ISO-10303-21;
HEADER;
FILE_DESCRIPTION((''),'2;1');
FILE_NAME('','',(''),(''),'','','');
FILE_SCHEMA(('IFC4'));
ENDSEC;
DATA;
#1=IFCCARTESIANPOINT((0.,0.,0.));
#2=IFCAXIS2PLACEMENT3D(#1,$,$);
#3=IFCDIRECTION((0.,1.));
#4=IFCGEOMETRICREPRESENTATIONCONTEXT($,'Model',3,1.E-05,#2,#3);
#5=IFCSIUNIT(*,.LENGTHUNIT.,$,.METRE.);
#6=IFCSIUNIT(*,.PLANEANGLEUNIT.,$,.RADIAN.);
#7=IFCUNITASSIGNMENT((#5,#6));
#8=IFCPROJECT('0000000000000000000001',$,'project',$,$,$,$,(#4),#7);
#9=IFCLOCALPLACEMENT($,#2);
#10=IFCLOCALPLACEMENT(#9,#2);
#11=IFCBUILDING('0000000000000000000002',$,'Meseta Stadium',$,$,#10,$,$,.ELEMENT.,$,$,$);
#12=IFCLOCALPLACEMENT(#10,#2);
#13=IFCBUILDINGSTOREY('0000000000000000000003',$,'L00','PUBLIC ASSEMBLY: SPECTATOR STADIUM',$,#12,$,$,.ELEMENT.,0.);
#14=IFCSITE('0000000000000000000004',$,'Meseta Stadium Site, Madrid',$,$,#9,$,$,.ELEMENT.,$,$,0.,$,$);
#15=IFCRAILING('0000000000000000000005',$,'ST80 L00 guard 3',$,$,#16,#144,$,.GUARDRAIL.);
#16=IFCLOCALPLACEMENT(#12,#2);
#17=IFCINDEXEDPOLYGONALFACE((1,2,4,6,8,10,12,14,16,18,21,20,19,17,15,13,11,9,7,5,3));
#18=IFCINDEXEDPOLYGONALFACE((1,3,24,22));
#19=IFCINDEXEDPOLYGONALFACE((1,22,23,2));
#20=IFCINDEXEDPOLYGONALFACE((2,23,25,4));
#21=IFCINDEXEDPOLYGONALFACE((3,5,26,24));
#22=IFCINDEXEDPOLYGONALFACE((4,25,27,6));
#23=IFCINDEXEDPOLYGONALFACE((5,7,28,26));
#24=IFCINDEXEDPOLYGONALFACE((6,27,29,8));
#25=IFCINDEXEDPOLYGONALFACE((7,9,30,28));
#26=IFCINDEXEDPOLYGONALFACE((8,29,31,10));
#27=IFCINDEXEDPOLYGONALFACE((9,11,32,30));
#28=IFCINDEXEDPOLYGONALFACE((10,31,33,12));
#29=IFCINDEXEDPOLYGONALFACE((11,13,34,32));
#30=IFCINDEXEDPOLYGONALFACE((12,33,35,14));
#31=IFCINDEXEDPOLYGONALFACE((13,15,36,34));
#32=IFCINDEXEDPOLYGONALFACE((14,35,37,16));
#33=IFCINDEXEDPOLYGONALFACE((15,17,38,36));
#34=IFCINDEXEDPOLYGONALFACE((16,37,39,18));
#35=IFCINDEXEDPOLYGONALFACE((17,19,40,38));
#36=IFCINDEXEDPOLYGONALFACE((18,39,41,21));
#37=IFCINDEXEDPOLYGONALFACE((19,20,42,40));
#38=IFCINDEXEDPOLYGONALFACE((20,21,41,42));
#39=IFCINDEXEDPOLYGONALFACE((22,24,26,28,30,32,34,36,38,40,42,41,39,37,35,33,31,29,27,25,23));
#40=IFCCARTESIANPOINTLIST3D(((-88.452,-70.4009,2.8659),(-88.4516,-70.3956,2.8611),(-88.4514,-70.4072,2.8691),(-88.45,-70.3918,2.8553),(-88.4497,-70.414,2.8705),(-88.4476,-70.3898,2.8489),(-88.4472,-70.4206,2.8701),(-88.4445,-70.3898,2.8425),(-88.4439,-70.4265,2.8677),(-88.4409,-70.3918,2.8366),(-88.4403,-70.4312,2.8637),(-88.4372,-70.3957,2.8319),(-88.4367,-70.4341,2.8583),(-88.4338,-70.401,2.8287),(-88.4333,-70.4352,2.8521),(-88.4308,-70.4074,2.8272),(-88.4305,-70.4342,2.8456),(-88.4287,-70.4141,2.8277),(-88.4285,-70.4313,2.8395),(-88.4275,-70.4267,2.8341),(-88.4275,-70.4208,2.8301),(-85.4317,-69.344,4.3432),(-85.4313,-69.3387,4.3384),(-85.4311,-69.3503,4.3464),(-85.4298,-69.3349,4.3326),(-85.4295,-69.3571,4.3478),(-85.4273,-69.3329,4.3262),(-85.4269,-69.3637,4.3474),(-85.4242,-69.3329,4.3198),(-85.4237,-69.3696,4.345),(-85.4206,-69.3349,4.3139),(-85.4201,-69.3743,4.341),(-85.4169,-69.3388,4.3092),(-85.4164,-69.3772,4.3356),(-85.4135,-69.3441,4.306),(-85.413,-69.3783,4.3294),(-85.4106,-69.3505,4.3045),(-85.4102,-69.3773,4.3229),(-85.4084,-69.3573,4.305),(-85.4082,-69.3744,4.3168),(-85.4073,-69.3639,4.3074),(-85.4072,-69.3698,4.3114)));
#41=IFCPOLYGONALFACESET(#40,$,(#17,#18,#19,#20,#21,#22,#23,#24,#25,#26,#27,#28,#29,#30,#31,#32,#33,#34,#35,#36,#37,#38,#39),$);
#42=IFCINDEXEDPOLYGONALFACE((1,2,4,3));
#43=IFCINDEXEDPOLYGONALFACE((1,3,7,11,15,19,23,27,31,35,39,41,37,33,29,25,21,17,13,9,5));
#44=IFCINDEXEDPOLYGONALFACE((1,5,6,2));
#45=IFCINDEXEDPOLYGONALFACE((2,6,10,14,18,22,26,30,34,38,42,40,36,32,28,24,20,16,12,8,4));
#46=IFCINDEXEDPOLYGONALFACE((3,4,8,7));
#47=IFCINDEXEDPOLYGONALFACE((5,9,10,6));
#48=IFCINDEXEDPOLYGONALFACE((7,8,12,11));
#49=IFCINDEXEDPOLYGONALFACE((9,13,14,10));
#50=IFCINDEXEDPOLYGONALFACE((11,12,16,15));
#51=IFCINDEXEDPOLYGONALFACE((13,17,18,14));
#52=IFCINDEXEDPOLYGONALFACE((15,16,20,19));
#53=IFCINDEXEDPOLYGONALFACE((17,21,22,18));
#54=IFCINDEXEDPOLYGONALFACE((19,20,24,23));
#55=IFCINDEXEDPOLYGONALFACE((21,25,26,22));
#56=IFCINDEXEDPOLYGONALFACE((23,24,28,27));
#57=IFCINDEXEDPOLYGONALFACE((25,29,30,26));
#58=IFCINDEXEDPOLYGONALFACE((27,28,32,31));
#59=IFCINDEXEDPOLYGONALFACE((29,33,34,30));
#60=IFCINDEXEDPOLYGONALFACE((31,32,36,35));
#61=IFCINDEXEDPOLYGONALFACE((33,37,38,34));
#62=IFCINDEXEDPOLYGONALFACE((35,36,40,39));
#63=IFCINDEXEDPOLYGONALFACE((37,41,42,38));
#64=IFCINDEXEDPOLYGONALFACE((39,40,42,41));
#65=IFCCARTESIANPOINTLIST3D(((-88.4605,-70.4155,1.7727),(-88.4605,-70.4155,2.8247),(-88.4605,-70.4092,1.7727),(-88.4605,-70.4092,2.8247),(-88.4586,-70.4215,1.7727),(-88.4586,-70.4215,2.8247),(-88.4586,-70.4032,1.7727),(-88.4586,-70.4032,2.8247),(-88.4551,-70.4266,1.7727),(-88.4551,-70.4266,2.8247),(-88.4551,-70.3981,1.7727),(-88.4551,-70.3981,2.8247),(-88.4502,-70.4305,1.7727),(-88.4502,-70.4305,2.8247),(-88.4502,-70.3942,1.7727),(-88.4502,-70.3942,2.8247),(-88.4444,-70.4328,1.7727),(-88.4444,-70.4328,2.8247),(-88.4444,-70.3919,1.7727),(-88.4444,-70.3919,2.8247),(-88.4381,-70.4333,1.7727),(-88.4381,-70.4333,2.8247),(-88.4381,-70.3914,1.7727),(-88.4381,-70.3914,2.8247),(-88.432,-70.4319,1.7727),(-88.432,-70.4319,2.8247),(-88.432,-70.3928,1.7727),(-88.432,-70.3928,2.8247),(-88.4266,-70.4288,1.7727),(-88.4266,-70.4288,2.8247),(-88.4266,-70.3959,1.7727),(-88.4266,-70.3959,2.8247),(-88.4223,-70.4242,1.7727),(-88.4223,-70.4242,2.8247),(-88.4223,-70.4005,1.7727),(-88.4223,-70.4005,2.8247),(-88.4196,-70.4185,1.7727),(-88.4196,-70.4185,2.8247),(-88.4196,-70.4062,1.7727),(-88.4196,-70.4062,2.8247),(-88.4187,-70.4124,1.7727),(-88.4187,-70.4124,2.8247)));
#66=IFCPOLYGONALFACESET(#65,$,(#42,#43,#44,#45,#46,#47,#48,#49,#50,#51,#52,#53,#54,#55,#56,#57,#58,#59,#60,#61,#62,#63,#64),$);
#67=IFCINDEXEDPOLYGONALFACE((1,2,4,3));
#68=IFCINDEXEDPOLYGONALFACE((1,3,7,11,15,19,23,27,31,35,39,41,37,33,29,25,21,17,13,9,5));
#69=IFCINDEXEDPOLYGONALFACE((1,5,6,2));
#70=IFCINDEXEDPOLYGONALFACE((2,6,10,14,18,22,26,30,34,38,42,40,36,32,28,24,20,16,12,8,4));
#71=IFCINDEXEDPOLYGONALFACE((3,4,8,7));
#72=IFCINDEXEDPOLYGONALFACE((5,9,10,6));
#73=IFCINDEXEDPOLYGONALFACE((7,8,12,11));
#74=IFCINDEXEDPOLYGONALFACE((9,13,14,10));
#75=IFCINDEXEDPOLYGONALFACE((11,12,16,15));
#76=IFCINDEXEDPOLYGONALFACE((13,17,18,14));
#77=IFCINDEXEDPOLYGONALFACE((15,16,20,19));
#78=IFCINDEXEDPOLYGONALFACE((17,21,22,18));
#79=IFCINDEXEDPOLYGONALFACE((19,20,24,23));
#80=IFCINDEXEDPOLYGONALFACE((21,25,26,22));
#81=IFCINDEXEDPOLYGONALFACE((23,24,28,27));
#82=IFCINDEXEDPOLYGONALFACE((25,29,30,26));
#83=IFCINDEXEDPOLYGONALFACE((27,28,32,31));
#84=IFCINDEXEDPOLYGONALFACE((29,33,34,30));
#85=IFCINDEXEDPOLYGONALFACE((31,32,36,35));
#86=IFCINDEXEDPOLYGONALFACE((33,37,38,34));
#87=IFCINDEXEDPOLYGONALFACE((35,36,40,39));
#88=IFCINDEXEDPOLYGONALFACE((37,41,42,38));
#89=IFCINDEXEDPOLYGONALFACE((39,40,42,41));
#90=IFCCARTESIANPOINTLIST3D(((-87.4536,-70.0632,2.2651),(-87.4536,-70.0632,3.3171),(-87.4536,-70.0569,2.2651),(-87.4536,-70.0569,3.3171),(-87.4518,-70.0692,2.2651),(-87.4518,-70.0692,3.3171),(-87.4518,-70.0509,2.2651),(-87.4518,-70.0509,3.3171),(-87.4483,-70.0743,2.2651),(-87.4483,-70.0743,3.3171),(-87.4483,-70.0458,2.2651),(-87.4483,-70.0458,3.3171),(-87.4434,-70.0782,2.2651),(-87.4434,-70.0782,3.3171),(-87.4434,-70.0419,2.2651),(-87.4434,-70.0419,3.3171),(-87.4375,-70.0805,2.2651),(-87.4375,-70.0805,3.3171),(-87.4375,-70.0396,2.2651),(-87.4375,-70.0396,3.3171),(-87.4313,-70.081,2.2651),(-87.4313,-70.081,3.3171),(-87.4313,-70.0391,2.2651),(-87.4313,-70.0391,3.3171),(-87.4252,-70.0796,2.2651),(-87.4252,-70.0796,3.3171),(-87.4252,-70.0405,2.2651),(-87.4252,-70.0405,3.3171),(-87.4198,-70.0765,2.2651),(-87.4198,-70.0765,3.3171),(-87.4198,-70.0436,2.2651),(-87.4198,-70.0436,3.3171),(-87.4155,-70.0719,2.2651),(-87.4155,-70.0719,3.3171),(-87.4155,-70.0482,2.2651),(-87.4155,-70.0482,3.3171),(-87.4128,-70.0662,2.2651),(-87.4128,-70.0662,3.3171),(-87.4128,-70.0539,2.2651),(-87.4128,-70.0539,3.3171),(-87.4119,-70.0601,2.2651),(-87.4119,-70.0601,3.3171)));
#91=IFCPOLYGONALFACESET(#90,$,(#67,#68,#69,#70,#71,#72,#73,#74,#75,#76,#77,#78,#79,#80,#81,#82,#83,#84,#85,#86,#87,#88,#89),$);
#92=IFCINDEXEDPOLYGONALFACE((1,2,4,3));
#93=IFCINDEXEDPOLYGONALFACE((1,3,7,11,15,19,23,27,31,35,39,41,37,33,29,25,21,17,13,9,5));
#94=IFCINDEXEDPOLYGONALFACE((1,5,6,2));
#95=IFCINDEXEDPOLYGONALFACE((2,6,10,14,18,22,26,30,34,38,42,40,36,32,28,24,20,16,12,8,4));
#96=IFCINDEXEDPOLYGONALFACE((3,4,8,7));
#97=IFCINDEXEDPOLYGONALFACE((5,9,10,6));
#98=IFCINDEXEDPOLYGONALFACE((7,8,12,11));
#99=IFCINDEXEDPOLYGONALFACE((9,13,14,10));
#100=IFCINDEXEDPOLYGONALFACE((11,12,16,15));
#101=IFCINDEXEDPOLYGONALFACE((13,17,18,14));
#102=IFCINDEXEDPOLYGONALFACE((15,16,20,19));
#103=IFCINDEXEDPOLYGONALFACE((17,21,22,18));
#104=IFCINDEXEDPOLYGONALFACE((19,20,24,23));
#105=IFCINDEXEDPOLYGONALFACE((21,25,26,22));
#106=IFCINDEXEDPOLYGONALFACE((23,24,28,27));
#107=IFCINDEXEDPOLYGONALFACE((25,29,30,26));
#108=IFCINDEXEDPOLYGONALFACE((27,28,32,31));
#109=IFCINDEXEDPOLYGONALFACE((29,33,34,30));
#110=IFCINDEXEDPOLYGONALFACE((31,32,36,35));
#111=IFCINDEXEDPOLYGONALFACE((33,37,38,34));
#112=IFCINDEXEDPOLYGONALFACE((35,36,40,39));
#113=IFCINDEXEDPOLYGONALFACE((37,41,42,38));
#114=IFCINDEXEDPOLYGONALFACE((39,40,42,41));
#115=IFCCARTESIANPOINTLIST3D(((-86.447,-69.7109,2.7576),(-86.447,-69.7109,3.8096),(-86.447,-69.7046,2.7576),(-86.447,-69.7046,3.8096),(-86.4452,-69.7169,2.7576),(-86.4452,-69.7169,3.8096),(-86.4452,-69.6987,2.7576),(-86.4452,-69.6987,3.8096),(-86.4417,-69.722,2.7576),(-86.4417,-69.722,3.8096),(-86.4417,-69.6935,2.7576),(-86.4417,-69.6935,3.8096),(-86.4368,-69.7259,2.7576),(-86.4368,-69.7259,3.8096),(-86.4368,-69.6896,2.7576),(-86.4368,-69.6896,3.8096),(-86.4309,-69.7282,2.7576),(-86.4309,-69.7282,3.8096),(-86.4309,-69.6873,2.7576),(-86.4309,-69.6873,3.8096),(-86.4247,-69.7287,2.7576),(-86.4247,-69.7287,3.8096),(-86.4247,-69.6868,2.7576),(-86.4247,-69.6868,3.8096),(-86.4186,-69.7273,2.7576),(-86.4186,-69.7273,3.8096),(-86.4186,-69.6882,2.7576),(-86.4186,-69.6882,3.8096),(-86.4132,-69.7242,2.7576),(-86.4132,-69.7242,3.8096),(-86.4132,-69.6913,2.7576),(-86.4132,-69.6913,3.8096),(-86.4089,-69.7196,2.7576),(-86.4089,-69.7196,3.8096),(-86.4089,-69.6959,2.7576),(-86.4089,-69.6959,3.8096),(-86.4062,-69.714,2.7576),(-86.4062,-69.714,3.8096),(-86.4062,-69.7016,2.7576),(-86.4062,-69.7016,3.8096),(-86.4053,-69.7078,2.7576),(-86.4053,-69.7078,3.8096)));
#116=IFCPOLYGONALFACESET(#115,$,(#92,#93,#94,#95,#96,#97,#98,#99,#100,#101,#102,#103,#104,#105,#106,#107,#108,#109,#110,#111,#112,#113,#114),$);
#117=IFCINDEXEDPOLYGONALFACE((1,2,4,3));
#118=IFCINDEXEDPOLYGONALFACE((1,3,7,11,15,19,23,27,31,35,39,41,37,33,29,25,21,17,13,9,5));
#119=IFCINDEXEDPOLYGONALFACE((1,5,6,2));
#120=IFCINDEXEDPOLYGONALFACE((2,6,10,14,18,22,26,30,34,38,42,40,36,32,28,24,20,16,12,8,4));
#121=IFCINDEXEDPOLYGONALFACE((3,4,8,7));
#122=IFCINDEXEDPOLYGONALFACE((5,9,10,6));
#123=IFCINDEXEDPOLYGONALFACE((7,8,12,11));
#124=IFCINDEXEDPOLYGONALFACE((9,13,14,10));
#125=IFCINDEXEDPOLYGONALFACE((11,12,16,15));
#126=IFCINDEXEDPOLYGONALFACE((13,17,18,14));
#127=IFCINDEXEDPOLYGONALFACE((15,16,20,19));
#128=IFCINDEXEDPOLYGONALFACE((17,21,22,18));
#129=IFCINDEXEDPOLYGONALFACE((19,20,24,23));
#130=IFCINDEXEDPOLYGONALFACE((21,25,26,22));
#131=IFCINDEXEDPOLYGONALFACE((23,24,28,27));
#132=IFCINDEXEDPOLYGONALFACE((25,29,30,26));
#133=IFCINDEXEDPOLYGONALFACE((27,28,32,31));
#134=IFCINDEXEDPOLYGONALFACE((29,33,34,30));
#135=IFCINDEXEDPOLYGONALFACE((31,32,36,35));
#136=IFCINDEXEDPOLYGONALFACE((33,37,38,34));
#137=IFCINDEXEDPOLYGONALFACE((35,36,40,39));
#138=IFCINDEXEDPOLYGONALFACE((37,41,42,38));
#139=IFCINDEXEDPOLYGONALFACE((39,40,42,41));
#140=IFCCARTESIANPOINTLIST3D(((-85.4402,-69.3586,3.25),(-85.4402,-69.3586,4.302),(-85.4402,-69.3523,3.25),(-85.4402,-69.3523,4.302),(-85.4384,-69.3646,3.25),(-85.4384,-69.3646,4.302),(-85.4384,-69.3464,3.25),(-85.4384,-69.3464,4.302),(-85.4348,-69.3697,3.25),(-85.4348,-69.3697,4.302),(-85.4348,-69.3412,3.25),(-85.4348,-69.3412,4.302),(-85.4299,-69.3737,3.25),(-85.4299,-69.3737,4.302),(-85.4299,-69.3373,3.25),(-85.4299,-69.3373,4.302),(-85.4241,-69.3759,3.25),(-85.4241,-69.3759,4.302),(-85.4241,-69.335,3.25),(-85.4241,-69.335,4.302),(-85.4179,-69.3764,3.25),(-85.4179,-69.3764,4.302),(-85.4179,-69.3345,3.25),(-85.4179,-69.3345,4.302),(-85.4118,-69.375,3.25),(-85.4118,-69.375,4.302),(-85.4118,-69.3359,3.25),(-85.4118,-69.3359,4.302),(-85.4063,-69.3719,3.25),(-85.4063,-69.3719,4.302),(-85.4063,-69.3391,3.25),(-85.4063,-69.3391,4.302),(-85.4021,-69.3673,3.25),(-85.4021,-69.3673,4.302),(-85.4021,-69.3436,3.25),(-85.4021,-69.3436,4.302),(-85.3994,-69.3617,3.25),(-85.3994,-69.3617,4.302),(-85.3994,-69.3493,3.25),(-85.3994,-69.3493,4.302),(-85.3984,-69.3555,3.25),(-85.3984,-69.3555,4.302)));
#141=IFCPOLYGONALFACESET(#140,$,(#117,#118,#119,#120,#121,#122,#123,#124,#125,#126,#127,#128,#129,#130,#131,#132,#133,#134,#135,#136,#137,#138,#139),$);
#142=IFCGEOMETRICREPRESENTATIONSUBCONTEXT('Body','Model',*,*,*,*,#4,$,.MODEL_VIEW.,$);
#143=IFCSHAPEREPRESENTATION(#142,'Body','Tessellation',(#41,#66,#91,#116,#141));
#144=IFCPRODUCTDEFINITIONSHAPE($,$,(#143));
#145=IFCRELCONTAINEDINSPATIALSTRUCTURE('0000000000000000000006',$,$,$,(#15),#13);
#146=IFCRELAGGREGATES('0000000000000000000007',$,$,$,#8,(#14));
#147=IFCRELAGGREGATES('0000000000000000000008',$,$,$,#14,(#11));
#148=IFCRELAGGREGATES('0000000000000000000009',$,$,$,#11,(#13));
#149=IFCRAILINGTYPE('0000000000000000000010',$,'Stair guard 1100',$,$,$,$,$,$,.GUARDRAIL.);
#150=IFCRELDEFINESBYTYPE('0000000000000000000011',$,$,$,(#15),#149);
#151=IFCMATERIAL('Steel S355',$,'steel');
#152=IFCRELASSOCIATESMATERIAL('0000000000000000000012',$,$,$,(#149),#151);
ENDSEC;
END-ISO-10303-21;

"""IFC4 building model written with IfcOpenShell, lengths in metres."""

from ifc_helpers import new_model, si_unit, direction, frame, origin, origin_2d, place, context, subcontext, project, spatial, circle, extrude, material, type_object, element, save


model = new_model("IFC4")

# Units and contexts
model_context = context("Model", 3, precision=1e-05, world=origin(), true_north=direction((0.0, 1.0)))
body_context = subcontext(model_context, "Body", "Model", "MODEL_VIEW")
ifc_project = project(units=[si_unit("LENGTHUNIT", "METRE"), si_unit("PLANEANGLEUNIT", "RADIAN")], contexts=[model_context])

# Site, building, storey
site_placement = place(None, origin())
site = spatial("IfcSite", under=ifc_project, at=site_placement, Name="Meseta Stadium Site, Madrid", CompositionType="ELEMENT", RefElevation=0.0)
building_placement = place(site_placement, origin())
building = spatial("IfcBuilding", under=site, at=building_placement, Name="Meseta Stadium", CompositionType="ELEMENT")
storey_placement = place(building_placement, origin())
storey = spatial("IfcBuildingStorey", under=building, at=storey_placement, Name="L00", Description="PUBLIC ASSEMBLY: SPECTATOR STADIUM", CompositionType="ELEMENT", Elevation=0.0)

# Railing
ifc_material_1 = material(Name="Steel S355", Category="steel")
railing_type_1 = type_object("IfcRailingType", Name="Stair guard 1100", PredefinedType="GUARDRAIL", material=ifc_material_1)
railing_1_placement = place(storey_placement, frame((-88.4397, -70.4124, 1.7727)))
element("IfcRailing", 1, at=railing_1_placement, inside=storey, type_object=railing_type_1, Name="ST80 L00 guard 3", PredefinedType="GUARDRAIL", context=body_context, shape_type="SweptSolid", body=[
    extrude(circle(Radius=0.0239, at=origin_2d()), frame((0.0, 0.0, 1.0762), z_axis=(0.856958, 0.299876, 0.419162), x_axis=(-0.330293, 0.943879, 0.0)), (0.0, 0.0, 1.0), 3.5244),
    extrude(circle(Radius=0.021, at=origin_2d()), origin(), (0.0, 0.0, 1.0), 1.052),
    extrude(circle(Radius=0.021, at=origin_2d()), frame((1.0068, 0.3523, 0.4924)), (0.0, 0.0, 1.0), 1.052),
    extrude(circle(Radius=0.021, at=origin_2d()), frame((2.0134, 0.7046, 0.9849)), (0.0, 0.0, 1.0), 1.052),
    extrude(circle(Radius=0.021, at=origin_2d()), frame((3.0203, 1.0569, 1.4773)), (0.0, 0.0, 1.0), 1.052),
])

save(model, "model.ifc")
